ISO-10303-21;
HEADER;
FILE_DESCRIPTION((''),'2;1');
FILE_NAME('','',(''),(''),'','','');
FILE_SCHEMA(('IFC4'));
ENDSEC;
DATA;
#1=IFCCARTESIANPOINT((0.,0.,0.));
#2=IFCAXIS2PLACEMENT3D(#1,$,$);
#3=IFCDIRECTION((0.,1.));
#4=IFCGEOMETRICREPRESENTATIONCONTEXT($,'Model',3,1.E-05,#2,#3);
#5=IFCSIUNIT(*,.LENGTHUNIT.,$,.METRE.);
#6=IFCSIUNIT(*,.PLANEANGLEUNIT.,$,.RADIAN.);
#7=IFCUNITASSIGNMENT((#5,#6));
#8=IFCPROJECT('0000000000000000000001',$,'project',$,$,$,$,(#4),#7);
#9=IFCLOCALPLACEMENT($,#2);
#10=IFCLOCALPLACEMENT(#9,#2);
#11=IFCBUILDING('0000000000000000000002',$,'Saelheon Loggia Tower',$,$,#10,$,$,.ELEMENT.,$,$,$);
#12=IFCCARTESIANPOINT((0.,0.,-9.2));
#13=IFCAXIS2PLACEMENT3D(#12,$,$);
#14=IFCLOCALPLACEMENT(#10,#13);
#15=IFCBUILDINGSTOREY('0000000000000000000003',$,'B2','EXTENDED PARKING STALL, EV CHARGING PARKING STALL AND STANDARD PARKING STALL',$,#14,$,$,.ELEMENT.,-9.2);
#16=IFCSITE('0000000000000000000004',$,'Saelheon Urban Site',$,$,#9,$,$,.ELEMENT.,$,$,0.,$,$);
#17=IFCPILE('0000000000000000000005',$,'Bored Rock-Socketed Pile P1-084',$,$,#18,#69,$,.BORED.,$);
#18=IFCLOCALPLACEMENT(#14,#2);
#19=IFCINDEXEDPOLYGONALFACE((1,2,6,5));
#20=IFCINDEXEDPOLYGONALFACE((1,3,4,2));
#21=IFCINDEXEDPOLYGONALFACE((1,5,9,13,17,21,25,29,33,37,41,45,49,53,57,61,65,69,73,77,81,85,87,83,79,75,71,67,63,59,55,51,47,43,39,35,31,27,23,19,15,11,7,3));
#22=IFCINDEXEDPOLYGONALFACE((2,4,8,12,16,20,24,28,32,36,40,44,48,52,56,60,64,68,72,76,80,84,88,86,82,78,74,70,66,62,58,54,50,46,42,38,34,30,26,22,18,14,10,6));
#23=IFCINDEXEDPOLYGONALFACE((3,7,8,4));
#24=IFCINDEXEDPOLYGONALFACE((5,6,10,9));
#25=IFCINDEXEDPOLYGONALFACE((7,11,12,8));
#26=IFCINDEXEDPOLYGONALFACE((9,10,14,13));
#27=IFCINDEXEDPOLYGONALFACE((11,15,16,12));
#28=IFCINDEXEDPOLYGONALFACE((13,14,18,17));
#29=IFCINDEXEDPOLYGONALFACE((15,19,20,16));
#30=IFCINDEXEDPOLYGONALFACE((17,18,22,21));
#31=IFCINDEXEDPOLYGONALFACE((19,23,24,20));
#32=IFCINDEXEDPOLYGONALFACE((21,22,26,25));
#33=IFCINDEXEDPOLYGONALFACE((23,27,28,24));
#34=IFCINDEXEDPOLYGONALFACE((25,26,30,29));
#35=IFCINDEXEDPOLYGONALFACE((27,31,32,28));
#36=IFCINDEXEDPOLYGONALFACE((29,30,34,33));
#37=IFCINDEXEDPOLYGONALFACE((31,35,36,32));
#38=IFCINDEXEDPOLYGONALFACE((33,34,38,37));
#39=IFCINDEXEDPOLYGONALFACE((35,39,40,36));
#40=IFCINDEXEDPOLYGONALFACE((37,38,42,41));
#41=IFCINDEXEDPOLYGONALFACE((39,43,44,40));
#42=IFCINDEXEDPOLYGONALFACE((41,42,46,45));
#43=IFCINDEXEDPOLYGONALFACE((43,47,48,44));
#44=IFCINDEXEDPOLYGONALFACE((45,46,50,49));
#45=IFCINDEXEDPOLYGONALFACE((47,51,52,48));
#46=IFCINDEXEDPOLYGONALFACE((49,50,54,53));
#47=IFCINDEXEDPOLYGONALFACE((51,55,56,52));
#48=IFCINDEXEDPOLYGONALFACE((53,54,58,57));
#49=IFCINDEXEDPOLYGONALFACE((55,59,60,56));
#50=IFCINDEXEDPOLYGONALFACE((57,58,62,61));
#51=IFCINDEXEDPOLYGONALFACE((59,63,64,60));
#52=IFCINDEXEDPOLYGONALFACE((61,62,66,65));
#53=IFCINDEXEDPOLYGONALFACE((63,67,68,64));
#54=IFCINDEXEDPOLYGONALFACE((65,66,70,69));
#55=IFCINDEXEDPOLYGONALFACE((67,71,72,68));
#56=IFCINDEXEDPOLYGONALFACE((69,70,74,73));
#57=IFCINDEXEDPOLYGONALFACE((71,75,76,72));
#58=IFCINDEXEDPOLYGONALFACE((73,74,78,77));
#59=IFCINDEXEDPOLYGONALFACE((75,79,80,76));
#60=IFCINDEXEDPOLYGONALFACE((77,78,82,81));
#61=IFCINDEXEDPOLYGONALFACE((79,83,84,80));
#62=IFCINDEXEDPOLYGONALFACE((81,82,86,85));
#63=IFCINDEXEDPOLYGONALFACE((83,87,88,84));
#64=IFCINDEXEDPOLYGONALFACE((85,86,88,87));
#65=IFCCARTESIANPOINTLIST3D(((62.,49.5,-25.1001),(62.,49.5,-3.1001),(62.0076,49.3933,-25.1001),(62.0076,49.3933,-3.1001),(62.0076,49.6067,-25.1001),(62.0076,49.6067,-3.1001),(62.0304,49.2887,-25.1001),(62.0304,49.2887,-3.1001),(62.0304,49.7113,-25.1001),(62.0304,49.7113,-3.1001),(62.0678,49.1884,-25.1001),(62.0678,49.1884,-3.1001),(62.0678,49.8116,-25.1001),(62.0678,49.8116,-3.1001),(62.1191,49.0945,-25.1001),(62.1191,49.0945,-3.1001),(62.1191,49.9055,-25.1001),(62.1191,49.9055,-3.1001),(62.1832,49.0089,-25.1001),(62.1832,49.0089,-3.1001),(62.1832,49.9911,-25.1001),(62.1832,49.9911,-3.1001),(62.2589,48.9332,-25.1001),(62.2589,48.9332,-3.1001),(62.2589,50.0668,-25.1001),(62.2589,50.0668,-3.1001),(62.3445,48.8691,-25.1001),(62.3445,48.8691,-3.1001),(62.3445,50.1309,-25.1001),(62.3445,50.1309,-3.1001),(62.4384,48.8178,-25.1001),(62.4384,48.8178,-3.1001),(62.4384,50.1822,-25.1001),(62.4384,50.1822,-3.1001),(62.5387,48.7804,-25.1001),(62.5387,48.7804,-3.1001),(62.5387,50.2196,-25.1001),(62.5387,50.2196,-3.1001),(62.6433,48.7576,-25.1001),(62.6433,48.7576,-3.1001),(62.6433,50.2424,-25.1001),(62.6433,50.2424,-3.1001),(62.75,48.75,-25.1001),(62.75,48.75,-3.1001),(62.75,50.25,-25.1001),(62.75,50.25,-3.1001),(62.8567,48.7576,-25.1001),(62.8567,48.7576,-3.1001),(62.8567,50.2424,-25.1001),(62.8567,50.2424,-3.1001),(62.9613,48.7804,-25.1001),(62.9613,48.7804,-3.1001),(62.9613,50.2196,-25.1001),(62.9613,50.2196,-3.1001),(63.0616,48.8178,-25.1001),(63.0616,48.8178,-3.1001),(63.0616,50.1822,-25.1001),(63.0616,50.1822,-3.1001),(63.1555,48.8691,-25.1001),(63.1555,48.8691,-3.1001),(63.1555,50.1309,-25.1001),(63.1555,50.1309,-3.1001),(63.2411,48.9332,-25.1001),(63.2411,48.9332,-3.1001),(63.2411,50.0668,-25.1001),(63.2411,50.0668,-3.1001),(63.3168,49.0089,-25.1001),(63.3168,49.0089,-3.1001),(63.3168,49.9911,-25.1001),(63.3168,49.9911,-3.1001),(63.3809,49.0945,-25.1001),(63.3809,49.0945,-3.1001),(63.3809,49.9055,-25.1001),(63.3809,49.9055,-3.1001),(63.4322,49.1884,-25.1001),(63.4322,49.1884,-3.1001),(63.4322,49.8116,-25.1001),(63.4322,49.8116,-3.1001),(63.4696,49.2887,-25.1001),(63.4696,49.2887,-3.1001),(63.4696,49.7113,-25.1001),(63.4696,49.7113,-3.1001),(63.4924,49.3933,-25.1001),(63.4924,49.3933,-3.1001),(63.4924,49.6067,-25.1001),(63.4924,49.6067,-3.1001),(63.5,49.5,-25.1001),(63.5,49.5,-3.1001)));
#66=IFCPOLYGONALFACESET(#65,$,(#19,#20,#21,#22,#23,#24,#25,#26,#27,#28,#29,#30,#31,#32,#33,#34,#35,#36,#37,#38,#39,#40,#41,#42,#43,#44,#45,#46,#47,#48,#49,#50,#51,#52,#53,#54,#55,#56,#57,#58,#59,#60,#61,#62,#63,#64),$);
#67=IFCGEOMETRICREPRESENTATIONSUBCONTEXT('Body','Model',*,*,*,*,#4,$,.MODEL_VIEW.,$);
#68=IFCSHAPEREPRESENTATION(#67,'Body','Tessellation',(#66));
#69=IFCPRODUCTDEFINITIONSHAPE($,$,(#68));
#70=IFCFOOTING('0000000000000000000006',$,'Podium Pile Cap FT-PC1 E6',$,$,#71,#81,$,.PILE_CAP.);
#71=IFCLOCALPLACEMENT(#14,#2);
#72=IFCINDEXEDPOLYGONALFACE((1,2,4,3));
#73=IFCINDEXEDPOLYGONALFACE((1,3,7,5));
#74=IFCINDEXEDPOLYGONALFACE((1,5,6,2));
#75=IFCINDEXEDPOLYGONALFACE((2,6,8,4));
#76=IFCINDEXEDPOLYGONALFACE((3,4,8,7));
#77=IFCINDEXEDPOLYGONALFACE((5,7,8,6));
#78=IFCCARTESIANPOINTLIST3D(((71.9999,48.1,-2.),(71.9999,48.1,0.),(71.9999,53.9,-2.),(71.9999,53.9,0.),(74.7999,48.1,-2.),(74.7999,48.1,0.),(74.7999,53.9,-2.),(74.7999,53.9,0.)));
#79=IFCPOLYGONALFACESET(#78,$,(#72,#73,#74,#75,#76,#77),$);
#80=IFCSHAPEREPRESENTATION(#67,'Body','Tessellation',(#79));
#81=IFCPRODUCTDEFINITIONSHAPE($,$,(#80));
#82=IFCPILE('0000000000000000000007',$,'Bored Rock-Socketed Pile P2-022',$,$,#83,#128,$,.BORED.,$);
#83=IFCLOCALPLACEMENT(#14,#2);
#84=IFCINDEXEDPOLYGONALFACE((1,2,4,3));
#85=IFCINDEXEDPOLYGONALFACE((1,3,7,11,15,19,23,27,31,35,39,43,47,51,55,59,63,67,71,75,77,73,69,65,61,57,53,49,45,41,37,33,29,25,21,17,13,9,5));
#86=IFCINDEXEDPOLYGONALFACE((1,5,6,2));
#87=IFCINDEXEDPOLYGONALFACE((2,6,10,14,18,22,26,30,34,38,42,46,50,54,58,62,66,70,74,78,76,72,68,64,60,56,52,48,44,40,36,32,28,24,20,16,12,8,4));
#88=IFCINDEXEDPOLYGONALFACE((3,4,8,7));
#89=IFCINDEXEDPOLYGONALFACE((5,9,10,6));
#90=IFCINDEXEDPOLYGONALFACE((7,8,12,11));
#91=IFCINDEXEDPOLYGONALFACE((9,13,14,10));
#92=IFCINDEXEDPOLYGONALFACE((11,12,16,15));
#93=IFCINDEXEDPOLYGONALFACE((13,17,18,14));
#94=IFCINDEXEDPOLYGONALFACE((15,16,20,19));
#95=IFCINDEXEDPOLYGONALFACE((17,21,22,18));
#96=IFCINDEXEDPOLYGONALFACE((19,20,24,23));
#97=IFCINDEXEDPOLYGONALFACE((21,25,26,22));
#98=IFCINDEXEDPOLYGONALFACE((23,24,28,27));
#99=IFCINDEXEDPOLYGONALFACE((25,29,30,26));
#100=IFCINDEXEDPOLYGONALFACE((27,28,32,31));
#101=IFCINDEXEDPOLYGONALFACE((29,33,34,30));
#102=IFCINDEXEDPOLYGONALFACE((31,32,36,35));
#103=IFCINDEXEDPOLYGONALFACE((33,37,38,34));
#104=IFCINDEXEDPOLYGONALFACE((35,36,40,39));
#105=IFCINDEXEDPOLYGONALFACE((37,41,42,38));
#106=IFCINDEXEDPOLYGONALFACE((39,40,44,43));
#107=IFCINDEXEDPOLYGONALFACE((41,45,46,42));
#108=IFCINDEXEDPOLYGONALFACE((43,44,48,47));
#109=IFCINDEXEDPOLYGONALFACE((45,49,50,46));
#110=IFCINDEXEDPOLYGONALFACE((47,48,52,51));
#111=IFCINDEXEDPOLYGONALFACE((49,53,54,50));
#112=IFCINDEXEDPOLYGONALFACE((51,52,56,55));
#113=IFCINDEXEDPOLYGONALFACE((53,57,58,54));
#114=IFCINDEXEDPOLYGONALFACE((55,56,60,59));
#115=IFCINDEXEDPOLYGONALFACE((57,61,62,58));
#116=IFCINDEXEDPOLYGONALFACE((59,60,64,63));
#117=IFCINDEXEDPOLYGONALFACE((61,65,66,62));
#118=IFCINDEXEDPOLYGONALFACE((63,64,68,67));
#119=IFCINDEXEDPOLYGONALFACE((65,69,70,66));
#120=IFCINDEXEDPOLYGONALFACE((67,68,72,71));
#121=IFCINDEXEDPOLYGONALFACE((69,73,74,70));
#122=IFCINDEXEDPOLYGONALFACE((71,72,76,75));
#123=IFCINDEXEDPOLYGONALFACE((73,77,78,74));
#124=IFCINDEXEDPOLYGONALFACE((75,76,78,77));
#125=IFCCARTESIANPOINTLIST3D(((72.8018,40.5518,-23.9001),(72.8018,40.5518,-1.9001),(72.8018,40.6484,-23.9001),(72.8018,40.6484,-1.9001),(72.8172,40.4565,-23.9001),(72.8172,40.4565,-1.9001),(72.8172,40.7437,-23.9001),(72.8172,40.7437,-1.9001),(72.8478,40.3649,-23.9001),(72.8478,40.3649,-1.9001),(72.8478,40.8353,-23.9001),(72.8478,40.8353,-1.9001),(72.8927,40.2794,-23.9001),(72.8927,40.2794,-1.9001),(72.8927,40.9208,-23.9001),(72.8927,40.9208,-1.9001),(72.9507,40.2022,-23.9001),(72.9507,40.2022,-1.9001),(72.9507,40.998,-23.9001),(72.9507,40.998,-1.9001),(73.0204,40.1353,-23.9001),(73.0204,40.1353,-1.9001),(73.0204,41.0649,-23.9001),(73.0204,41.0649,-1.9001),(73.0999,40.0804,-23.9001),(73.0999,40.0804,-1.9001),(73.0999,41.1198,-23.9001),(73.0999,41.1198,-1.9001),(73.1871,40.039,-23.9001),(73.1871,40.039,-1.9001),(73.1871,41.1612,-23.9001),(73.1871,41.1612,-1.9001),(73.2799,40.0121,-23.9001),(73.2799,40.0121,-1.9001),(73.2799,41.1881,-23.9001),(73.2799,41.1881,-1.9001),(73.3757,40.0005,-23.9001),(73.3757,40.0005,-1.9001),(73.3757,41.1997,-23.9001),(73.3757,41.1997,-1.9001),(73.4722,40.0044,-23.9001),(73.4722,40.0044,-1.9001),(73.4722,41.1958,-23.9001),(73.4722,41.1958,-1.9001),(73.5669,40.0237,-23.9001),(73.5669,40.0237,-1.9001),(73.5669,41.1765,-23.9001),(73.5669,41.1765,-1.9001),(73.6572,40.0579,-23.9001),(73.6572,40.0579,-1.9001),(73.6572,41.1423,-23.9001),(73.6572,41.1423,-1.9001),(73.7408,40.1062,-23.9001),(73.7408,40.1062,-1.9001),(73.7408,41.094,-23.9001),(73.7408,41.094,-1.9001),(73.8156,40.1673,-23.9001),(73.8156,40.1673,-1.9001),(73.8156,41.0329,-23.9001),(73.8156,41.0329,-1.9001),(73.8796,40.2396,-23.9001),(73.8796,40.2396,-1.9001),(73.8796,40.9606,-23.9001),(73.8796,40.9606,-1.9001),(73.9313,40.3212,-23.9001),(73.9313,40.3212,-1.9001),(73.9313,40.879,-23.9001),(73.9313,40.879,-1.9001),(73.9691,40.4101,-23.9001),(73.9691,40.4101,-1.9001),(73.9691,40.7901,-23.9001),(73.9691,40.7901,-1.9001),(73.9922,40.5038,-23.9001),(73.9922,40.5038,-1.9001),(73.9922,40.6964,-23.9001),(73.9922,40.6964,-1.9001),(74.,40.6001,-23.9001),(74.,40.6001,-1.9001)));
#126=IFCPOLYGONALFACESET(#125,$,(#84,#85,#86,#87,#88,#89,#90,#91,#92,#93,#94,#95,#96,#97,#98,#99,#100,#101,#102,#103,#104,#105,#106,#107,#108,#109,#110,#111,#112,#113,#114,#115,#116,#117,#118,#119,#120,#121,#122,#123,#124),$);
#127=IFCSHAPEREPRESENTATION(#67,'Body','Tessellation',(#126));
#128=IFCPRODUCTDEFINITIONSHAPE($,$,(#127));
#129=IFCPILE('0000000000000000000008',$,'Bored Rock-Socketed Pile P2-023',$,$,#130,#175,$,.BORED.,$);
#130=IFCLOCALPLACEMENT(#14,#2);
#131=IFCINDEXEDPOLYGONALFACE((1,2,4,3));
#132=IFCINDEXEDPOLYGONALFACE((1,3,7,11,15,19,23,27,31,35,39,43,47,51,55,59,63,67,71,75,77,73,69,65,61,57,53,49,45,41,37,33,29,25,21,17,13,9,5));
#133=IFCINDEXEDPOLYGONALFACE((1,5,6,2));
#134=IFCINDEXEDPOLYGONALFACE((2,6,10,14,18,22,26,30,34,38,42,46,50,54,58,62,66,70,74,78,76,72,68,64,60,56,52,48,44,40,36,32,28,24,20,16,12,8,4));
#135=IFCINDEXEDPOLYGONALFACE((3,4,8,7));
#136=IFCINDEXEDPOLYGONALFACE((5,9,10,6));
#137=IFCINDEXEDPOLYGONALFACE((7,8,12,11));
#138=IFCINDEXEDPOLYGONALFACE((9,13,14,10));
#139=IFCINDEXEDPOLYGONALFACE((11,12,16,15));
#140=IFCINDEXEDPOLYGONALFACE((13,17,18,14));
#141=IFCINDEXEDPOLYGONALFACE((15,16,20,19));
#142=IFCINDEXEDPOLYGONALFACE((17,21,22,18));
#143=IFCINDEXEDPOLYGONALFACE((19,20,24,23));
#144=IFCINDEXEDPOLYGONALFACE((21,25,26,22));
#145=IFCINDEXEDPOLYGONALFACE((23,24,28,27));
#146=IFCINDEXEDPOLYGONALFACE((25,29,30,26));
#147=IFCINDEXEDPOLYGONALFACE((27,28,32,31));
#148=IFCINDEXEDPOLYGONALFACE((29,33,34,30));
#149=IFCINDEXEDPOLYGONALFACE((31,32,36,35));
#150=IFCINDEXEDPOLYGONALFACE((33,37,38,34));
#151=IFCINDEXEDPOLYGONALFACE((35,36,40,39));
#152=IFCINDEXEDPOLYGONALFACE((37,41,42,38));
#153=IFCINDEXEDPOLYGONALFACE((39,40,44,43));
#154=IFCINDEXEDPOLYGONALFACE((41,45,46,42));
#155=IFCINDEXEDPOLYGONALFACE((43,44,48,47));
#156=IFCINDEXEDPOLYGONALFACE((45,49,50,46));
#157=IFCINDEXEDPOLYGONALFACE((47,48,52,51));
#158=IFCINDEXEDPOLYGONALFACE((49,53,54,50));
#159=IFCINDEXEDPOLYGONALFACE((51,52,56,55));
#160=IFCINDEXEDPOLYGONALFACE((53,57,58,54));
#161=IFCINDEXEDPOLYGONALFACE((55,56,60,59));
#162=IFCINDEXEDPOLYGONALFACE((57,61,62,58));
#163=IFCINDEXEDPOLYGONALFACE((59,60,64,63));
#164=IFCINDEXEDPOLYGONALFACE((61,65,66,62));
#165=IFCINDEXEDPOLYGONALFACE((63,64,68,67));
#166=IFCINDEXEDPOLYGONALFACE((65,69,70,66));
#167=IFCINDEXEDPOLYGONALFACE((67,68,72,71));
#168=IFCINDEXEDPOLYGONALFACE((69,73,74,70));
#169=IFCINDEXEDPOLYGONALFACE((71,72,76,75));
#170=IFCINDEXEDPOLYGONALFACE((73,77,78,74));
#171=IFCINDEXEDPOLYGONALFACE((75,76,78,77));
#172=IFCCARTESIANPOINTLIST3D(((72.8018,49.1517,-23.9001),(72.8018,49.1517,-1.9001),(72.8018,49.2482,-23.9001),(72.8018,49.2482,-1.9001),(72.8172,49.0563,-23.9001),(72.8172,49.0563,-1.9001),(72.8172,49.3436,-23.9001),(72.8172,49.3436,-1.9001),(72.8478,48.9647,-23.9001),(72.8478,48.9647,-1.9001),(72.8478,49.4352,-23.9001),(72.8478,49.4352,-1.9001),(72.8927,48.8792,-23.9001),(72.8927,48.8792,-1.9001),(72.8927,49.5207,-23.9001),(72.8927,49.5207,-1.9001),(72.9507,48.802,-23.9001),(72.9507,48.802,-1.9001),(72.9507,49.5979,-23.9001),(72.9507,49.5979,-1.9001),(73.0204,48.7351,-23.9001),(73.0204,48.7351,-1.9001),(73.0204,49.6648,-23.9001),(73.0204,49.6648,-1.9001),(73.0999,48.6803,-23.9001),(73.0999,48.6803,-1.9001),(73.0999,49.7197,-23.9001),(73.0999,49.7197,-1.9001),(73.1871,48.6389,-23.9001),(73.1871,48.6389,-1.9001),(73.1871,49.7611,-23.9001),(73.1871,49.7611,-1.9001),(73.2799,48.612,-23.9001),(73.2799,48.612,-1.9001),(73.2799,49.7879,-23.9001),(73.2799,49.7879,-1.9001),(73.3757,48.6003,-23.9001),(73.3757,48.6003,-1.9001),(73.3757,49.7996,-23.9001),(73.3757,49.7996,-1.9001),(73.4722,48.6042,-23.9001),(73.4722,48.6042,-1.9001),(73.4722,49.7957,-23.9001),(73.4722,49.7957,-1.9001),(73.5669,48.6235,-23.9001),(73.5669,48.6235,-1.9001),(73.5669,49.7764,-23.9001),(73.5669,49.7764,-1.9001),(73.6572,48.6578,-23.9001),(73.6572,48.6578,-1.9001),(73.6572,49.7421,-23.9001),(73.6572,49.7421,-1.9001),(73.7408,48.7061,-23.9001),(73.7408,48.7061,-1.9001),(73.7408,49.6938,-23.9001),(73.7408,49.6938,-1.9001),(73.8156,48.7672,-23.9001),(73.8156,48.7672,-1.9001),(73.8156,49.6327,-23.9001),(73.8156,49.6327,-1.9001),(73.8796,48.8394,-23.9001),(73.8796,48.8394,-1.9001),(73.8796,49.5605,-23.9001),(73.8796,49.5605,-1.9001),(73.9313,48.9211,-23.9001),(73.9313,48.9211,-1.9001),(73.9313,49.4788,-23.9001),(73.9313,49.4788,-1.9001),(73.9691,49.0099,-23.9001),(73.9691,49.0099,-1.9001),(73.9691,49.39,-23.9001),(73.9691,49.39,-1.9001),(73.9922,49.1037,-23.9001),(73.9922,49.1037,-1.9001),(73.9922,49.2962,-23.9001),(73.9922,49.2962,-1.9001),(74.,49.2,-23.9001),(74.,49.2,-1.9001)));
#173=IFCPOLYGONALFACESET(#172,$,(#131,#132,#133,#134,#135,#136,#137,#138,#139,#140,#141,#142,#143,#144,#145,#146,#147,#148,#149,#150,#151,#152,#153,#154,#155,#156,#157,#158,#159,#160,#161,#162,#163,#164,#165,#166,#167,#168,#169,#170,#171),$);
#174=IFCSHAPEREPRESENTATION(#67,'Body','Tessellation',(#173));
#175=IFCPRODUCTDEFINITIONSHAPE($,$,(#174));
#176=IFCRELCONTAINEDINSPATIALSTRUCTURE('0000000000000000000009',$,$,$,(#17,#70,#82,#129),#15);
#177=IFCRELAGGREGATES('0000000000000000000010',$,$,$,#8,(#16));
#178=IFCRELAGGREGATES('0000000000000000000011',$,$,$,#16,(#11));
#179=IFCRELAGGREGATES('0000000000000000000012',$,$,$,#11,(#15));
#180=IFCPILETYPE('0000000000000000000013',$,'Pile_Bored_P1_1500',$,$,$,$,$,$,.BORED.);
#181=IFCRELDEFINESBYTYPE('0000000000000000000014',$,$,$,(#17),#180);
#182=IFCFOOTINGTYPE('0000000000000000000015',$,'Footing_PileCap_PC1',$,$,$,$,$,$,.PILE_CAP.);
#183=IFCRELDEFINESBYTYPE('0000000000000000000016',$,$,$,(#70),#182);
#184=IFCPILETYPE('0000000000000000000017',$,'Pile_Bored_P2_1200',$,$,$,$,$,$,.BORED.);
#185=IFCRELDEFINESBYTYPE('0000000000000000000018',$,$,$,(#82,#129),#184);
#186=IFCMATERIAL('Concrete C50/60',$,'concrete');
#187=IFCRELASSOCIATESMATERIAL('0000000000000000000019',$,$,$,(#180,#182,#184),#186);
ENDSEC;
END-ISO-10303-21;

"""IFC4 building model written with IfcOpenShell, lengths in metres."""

from ifc_helpers import new_model, si_unit, direction, frame, origin, origin_2d, place, context, subcontext, project, spatial, rectangle, circle, extrude, source, transform, mapped, material, material_profile, profile_set, type_object, element, save


model = new_model("IFC4")

# Units and contexts
model_context = context("Model", 3, precision=1e-05, world=origin(), true_north=direction((0.0, 1.0)))
body_context = subcontext(model_context, "Body", "Model", "MODEL_VIEW")
ifc_project = project(units=[si_unit("LENGTHUNIT", "METRE"), si_unit("PLANEANGLEUNIT", "RADIAN")], contexts=[model_context])

# Site, building, storey
site_placement = place(None, origin())
site = spatial("IfcSite", under=ifc_project, at=site_placement, Name="Saelheon Urban Site", CompositionType="ELEMENT", RefElevation=0.0)
building_placement = place(site_placement, origin())
building = spatial("IfcBuilding", under=site, at=building_placement, Name="Saelheon Loggia Tower", CompositionType="ELEMENT")
storey_placement = place(building_placement, frame((0.0, 0.0, -9.2)))
storey = spatial("IfcBuildingStorey", under=building, at=storey_placement, Name="B2", Description="EXTENDED PARKING STALL, EV CHARGING PARKING STALL AND STANDARD PARKING STALL", CompositionType="ELEMENT", Elevation=-9.2)

# Pile
ifc_material_1 = material(Name="Concrete C50/60", Category="concrete")
ifc_material_profile_1 = material_profile(ifc_material_1, circle(Radius=0.75, at=origin_2d()), Name="CIRC-1500")
ifc_profile_set_1 = profile_set([ifc_material_profile_1], Name="Concrete C50/60")
pile_type_1 = type_object("IfcPileType", Name="Pile_Bored_P1_1500", PredefinedType="BORED", material=ifc_profile_set_1)
shared_shape_1 = source(origin(), body_context, "Body", "SweptSolid", [
    extrude(circle(Radius=0.75, at=origin_2d()), origin(), (0.0, 0.0, 1.0), 22.0),
])
for number, where, z_axis, x_axis, name in (
    (1, (62.75, 49.5, -3.1001), (0.0, 0.0, -1.0), (1.0, 0.0, 0.0), "Bored Rock-Socketed Pile P1-084"),
):
    element("IfcPile", number, at=place(storey_placement, frame(where, z_axis=z_axis, x_axis=x_axis)), inside=storey, type_object=pile_type_1, Name=name, PredefinedType="BORED", context=body_context, shape_type="MappedRepresentation", body=[
        mapped(shared_shape_1, transform((0.0, 0.0, 0.0), scale=1.0)),
    ])

# Footing
footing_type_1 = type_object("IfcFootingType", Name="Footing_PileCap_PC1", PredefinedType="PILE_CAP", material=ifc_material_1)
shared_shape_2 = source(origin(), body_context, "Body", "SweptSolid", [
    extrude(rectangle(XDim=2.8, YDim=5.8, at=origin_2d()), origin(), (0.0, 0.0, 1.0), 2.0),
])
footing_1_placement = place(storey_placement, frame((73.3999, 51.0, -2.0), z_axis=(0.0, 0.0, 1.0), x_axis=(1.0, 0.0, 0.0)))
element("IfcFooting", 2, at=footing_1_placement, inside=storey, type_object=footing_type_1, Name="Podium Pile Cap FT-PC1 E6", PredefinedType="PILE_CAP", context=body_context, shape_type="MappedRepresentation", body=[
    mapped(shared_shape_2, transform((0.0, 0.0, 0.0), scale=1.0)),
])

# Piles
ifc_material_profile_2 = material_profile(ifc_material_1, circle(Radius=0.6001, at=origin_2d()), Name="CIRC-1200")
ifc_profile_set_2 = profile_set([ifc_material_profile_2], Name="Concrete C50/60")
pile_type_2 = type_object("IfcPileType", Name="Pile_Bored_P2_1200", PredefinedType="BORED", material=ifc_profile_set_2)
shared_shape_3 = source(origin(), body_context, "Body", "SweptSolid", [
    extrude(circle(Radius=0.6001, at=origin_2d()), origin(), (0.0, 0.0, 1.0), 22.0),
])
for number, where, z_axis, x_axis, name in (
    (3, (73.3999, 40.6001, -1.9001), (0.0, 0.0, -1.0), (1.0, 0.0, 0.0), "Bored Rock-Socketed Pile P2-022"),
    (4, (73.3999, 49.2, -1.9001), (0.0, 0.0, -1.0), (1.0, 0.0, 0.0), "Bored Rock-Socketed Pile P2-023"),
):
    element("IfcPile", number, at=place(storey_placement, frame(where, z_axis=z_axis, x_axis=x_axis)), inside=storey, type_object=pile_type_2, Name=name, PredefinedType="BORED", context=body_context, shape_type="MappedRepresentation", body=[
        mapped(shared_shape_3, transform((0.0, 0.0, 0.0), scale=1.0)),
    ])

save(model, "model.ifc")
